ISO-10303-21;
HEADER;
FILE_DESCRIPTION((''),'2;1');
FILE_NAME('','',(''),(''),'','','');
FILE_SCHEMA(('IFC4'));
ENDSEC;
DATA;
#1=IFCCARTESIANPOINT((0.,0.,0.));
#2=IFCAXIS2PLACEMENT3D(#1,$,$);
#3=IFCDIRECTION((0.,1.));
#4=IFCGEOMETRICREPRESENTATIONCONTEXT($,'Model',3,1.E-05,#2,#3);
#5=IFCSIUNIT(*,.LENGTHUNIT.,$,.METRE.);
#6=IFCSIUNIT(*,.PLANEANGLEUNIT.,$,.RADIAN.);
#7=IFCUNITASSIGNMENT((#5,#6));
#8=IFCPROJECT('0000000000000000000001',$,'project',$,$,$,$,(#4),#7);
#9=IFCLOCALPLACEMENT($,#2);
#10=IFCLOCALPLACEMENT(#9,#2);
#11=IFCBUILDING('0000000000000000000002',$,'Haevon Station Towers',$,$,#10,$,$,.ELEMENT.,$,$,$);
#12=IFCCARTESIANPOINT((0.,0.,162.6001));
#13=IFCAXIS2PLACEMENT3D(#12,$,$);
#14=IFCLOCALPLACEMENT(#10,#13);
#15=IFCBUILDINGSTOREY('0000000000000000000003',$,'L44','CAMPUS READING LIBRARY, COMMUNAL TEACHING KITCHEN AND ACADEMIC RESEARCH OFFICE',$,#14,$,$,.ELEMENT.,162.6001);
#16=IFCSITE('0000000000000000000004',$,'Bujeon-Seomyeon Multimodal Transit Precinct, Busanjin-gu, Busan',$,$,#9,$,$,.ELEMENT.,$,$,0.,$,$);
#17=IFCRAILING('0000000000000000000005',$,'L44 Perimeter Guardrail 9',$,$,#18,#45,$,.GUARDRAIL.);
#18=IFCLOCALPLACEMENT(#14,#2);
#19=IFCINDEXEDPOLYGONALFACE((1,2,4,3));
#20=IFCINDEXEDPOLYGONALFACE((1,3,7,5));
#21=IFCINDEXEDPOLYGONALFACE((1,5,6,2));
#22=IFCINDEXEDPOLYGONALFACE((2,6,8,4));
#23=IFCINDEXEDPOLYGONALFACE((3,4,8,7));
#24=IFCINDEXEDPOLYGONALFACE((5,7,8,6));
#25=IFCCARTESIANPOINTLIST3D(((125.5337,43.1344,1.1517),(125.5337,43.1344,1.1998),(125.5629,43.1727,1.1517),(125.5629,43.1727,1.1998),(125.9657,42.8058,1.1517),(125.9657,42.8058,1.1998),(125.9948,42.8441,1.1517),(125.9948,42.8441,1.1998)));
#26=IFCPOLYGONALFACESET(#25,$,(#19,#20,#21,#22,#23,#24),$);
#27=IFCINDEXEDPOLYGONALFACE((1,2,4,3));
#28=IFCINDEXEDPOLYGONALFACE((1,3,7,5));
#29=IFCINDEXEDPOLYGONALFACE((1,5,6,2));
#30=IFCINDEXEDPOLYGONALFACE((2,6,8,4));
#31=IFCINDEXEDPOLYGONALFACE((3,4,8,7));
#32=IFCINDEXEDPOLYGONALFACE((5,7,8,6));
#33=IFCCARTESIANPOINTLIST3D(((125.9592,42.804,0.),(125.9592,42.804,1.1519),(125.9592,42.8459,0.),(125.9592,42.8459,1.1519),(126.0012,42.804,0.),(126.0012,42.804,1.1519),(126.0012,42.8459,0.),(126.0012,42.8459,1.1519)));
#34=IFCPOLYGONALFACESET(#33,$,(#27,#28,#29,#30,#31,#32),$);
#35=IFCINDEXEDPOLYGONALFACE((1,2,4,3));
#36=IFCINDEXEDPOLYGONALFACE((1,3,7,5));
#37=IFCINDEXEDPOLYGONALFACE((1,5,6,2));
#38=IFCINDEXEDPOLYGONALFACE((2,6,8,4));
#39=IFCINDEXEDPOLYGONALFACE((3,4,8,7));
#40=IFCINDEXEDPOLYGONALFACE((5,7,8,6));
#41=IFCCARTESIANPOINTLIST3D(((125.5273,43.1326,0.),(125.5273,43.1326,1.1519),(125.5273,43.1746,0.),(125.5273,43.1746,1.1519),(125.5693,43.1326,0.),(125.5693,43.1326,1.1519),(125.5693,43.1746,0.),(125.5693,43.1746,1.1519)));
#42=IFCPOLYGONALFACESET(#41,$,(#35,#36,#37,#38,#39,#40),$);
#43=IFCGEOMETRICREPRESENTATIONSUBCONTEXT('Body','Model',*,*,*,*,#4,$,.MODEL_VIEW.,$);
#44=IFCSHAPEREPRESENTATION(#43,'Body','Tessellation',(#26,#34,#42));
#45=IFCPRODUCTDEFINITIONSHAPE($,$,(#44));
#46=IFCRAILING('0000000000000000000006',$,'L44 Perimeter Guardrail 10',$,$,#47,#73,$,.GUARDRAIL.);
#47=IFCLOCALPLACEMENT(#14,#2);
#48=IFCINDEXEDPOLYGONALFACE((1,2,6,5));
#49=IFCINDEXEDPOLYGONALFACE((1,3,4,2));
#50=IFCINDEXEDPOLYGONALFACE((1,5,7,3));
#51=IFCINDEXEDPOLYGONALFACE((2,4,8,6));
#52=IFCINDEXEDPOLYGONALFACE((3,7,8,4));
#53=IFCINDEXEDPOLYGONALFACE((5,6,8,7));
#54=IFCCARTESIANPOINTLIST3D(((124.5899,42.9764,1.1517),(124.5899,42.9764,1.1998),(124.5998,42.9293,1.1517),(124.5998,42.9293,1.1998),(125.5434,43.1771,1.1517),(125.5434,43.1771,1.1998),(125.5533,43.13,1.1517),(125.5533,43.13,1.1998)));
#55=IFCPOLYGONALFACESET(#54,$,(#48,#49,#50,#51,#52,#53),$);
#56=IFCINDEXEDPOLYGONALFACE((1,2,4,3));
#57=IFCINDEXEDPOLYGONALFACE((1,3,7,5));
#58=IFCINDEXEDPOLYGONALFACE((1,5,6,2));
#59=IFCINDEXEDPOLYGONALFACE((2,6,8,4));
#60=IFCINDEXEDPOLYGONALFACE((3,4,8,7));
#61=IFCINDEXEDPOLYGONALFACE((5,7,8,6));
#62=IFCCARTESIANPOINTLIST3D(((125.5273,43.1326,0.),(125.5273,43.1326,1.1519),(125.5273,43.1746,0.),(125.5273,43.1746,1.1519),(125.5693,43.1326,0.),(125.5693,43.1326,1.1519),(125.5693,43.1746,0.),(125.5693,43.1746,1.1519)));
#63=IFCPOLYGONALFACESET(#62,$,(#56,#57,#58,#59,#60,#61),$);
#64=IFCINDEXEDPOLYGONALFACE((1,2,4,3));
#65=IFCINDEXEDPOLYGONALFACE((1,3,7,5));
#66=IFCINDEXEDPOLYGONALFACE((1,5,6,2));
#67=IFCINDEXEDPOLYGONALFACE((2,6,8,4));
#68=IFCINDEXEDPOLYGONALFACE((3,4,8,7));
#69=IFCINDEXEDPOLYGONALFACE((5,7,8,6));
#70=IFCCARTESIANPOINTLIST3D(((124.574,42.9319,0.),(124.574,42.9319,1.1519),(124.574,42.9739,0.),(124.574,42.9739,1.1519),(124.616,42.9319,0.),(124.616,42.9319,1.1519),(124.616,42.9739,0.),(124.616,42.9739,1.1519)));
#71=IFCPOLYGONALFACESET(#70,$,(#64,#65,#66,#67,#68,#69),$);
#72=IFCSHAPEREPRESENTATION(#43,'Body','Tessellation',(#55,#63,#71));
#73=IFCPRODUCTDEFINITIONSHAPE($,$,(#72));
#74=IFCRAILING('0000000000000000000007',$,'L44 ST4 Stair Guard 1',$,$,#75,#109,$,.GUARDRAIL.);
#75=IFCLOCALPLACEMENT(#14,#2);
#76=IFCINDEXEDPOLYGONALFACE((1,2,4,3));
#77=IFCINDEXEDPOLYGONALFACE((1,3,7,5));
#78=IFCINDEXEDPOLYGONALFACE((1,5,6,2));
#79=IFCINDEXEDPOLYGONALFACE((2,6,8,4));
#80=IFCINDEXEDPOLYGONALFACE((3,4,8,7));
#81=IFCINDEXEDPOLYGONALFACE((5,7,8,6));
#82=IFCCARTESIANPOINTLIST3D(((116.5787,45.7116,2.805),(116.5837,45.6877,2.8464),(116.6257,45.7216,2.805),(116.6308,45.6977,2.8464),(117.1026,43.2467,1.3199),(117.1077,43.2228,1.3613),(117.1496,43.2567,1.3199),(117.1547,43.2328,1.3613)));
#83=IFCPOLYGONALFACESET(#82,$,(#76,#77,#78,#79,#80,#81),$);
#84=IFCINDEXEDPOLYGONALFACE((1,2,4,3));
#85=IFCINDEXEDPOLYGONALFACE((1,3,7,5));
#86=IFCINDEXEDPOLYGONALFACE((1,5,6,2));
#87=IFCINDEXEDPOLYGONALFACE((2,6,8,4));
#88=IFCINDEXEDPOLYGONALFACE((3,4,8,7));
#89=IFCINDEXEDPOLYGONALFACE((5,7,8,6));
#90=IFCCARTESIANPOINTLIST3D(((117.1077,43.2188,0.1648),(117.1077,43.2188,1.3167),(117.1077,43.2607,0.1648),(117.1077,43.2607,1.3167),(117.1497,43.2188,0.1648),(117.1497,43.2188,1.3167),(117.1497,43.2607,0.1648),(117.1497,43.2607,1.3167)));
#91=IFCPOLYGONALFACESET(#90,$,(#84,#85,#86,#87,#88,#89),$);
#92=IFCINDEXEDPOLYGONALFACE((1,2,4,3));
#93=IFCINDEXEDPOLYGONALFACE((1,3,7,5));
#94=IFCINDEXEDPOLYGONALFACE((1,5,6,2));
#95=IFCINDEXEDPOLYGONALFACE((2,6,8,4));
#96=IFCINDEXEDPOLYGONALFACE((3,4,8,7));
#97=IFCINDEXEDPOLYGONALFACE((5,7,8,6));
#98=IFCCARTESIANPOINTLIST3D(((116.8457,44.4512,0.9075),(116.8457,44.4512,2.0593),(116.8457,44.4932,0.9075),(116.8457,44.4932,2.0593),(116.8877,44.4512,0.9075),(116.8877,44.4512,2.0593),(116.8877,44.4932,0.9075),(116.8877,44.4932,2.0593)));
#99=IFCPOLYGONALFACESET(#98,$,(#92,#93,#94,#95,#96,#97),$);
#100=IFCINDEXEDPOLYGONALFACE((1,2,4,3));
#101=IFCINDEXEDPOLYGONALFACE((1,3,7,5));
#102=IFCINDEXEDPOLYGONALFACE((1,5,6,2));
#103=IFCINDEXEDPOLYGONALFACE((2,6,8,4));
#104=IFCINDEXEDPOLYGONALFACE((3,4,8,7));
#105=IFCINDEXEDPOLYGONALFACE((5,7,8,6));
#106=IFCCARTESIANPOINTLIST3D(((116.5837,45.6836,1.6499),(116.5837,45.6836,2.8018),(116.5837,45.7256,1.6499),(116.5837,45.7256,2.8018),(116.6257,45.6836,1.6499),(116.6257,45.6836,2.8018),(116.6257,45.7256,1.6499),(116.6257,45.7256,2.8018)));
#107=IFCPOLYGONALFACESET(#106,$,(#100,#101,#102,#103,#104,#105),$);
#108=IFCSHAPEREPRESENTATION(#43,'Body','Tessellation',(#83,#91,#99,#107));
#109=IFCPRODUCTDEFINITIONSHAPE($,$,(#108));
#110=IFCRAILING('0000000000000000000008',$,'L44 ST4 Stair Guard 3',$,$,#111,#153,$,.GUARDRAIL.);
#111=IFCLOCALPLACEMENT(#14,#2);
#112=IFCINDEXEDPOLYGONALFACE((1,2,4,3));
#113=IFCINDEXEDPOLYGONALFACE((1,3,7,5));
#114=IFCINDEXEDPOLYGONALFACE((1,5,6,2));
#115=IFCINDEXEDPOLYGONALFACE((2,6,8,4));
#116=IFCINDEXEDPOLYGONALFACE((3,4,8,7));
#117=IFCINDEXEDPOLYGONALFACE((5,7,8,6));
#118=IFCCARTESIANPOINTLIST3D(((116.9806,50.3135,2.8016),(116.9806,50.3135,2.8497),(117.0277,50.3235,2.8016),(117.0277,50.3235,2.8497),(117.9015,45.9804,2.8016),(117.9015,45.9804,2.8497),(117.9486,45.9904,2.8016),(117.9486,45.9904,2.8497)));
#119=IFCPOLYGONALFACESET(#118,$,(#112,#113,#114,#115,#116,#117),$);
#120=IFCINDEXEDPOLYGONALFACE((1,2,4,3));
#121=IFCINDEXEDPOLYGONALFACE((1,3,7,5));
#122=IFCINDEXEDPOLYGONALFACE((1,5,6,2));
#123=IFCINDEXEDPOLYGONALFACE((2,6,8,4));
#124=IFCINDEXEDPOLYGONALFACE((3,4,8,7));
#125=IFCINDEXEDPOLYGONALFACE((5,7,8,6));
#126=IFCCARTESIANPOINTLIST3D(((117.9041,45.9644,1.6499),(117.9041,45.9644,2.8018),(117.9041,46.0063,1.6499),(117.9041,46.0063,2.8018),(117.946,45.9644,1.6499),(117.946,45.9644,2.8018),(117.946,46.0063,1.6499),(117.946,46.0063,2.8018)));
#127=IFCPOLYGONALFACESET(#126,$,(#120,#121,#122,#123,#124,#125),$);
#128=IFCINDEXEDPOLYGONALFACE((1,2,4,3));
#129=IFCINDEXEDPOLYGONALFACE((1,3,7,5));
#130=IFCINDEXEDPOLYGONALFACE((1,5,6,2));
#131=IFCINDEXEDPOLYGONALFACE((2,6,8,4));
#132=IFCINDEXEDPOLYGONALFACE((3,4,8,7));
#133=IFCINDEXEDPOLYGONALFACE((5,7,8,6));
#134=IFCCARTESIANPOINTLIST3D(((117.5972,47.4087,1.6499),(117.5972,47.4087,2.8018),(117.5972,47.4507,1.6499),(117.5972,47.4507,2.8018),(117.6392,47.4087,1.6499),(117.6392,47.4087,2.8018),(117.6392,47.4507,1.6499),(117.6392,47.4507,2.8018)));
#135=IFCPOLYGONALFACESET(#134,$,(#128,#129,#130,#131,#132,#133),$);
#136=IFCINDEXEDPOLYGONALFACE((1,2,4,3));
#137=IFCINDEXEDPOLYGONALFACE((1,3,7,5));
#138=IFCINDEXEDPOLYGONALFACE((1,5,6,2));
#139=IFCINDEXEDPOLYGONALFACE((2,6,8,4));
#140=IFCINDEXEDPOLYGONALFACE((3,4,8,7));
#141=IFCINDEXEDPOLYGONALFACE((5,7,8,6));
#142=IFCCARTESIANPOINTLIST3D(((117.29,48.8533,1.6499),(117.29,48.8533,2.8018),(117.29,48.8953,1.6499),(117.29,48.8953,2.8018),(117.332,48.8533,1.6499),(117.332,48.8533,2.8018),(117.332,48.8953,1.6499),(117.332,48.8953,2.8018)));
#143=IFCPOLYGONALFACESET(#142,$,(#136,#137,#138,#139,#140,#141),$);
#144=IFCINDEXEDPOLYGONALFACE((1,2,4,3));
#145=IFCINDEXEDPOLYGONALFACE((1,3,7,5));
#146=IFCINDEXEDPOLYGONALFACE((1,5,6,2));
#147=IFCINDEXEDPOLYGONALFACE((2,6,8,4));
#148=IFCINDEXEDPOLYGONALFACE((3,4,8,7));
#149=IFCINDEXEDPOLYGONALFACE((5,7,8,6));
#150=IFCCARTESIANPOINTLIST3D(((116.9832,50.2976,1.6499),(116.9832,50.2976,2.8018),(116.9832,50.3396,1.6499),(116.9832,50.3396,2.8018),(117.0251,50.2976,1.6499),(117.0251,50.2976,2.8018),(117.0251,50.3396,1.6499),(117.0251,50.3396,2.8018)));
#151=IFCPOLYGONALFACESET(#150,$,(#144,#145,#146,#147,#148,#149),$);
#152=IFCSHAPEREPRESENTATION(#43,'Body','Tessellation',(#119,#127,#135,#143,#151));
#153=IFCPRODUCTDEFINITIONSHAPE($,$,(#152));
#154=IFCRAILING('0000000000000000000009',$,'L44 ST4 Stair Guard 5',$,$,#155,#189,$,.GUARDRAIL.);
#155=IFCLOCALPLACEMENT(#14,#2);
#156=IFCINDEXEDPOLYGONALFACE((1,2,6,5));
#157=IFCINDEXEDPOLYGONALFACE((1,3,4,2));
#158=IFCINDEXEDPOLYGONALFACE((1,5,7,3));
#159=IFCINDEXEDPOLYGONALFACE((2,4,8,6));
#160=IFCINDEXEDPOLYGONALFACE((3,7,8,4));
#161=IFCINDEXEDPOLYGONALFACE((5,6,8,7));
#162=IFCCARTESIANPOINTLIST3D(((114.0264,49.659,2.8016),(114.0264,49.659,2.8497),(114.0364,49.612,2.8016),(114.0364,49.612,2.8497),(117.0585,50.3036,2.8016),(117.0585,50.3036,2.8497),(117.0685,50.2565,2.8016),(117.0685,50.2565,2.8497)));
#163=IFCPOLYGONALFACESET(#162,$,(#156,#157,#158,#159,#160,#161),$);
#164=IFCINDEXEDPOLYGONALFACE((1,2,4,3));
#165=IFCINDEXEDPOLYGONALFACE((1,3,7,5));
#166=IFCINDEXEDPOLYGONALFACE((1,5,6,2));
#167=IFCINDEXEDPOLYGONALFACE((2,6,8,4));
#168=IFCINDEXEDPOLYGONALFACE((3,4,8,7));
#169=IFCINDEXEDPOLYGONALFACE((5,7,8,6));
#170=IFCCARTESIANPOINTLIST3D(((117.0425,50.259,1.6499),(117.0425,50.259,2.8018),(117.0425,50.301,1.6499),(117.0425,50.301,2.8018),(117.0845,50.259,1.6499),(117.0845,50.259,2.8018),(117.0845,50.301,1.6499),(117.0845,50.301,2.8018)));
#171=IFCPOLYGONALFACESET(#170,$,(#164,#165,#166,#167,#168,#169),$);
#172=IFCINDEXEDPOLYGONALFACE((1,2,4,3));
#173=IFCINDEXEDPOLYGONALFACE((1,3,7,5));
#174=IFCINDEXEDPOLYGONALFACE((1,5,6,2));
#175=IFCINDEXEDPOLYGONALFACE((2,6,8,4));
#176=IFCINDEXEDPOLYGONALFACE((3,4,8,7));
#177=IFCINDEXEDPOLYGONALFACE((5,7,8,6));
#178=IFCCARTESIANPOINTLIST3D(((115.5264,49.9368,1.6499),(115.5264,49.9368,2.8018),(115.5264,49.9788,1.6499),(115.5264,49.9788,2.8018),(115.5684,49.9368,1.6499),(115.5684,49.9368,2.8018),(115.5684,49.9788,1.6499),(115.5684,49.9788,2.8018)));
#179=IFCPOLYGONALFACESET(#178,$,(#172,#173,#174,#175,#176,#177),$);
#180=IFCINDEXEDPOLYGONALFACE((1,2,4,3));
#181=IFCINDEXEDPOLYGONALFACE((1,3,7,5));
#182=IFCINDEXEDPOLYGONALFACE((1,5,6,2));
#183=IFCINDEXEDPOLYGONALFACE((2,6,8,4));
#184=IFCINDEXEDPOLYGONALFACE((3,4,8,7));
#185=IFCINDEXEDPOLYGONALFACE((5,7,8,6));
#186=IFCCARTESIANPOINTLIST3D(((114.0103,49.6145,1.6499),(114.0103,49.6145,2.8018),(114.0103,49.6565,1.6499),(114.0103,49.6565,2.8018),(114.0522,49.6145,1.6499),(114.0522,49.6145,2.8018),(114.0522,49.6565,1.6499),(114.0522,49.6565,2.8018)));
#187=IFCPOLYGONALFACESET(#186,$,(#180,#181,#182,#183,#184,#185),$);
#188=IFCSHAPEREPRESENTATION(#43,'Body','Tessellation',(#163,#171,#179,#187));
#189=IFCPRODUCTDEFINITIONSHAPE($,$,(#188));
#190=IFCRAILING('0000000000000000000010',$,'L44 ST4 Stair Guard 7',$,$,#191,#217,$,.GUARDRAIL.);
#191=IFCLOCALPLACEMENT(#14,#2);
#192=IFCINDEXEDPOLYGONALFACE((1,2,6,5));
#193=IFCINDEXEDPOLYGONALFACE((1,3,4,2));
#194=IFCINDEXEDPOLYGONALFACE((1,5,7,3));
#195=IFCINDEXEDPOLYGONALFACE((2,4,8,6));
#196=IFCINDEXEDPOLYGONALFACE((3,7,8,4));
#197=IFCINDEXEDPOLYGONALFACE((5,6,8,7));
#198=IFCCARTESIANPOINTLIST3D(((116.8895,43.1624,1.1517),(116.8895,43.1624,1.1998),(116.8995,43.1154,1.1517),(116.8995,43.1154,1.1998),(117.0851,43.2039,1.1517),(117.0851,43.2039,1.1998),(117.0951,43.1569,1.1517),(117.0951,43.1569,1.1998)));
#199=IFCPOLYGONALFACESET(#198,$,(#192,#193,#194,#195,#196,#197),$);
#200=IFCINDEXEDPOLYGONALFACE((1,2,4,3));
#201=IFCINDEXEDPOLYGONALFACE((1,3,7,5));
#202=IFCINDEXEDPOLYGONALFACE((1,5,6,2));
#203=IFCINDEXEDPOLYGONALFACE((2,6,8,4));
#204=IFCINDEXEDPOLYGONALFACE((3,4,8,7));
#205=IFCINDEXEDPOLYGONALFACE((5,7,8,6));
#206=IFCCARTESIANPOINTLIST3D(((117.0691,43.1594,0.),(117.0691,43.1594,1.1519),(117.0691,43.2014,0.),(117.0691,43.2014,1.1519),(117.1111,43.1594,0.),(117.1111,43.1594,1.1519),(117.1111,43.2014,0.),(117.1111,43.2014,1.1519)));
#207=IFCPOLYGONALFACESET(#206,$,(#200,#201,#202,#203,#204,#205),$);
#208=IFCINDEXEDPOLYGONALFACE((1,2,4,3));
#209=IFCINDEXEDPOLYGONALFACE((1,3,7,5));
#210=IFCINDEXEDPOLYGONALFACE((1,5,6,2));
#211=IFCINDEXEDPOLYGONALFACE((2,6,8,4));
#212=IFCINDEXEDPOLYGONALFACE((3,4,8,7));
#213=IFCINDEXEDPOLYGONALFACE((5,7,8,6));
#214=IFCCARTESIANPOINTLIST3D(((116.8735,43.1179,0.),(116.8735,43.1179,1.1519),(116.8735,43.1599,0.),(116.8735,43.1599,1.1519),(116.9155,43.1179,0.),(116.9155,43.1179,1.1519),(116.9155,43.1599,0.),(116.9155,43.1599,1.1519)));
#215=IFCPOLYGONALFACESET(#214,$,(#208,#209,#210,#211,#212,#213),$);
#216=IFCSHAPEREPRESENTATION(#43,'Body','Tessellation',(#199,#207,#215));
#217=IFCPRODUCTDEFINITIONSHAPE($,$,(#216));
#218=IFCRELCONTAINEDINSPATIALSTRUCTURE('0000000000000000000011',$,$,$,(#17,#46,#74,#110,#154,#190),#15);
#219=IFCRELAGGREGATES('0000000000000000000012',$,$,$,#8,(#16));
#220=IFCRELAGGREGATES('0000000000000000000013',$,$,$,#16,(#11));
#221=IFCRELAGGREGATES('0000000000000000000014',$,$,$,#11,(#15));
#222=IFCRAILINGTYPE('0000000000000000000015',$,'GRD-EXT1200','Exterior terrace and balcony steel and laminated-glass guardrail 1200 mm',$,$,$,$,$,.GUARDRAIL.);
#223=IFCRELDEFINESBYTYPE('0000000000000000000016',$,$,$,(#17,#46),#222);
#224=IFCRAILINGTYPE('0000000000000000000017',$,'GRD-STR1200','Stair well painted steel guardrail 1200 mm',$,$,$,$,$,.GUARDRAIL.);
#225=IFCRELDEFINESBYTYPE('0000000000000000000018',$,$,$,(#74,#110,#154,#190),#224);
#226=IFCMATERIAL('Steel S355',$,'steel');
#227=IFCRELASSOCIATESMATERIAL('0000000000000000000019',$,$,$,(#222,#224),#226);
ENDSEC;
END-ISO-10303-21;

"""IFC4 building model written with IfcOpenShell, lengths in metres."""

from ifc_helpers import new_model, si_unit, direction, frame, origin, origin_2d, place, context, subcontext, project, spatial, rectangle, extrude, material, type_object, element, save


model = new_model("IFC4")

# Units and contexts
model_context = context("Model", 3, precision=1e-05, world=origin(), true_north=direction((0.0, 1.0)))
body_context = subcontext(model_context, "Body", "Model", "MODEL_VIEW")
ifc_project = project(units=[si_unit("LENGTHUNIT", "METRE"), si_unit("PLANEANGLEUNIT", "RADIAN")], contexts=[model_context])

# Site, building, storey
site_placement = place(None, origin())
site = spatial("IfcSite", under=ifc_project, at=site_placement, Name="Bujeon-Seomyeon Multimodal Transit Precinct, Busanjin-gu, Busan", CompositionType="ELEMENT", RefElevation=0.0)
building_placement = place(site_placement, origin())
building = spatial("IfcBuilding", under=site, at=building_placement, Name="Haevon Station Towers", CompositionType="ELEMENT")
storey_placement = place(building_placement, frame((0.0, 0.0, 162.6001)))
storey = spatial("IfcBuildingStorey", under=building, at=storey_placement, Name="L44", Description="CAMPUS READING LIBRARY, COMMUNAL TEACHING KITCHEN AND ACADEMIC RESEARCH OFFICE", CompositionType="ELEMENT", Elevation=162.6001)

# Shared definitions
ifc_material_1 = material(Name="Steel S355", Category="steel")

# Railings
railing_type_1 = type_object("IfcRailingType", Name="GRD-EXT1200", Description="Exterior terrace and balcony steel and laminated-glass guardrail 1200 mm", PredefinedType="GUARDRAIL", material=ifc_material_1)
railing_1_placement = place(storey_placement, frame((125.9802, 42.825, 0.0)))
element("IfcRailing", 1, at=railing_1_placement, inside=storey, type_object=railing_type_1, Name="L44 Perimeter Guardrail 9", PredefinedType="GUARDRAIL", context=body_context, shape_type="SweptSolid", body=[
    extrude(rectangle(XDim=0.0481, YDim=0.0481, at=origin_2d()), frame((0.0, 0.0, 1.1758), z_axis=(-0.795824, 0.605528, 0.0), x_axis=(-0.605528, -0.795824, 0.0)), (0.0, 0.0, 1.0), 0.5427),
    extrude(rectangle(XDim=0.042, YDim=0.042, at=origin_2d()), origin(), (0.0, 0.0, 1.0), 1.1519),
    extrude(rectangle(XDim=0.042, YDim=0.042, at=origin_2d()), frame((-0.4319, 0.3286, 0.0)), (0.0, 0.0, 1.0), 1.1519),
])
railing_2_placement = place(storey_placement, frame((125.5483, 43.1536, 0.0)))
element("IfcRailing", 2, at=railing_2_placement, inside=storey, type_object=railing_type_1, Name="L44 Perimeter Guardrail 10", PredefinedType="GUARDRAIL", context=body_context, shape_type="SweptSolid", body=[
    extrude(rectangle(XDim=0.0481, YDim=0.0481, at=origin_2d()), frame((0.0, 0.0, 1.1758), z_axis=(-0.978555, -0.205985, 0.0), x_axis=(0.205985, -0.978555, 0.0)), (0.0, 0.0, 1.0), 0.9744),
    extrude(rectangle(XDim=0.042, YDim=0.042, at=origin_2d()), origin(), (0.0, 0.0, 1.0), 1.1519),
    extrude(rectangle(XDim=0.042, YDim=0.042, at=origin_2d()), frame((-0.9534, -0.2007, 0.0)), (0.0, 0.0, 1.0), 1.1519),
])
railing_type_2 = type_object("IfcRailingType", Name="GRD-STR1200", Description="Stair well painted steel guardrail 1200 mm", PredefinedType="GUARDRAIL", material=ifc_material_1)
railing_3_placement = place(storey_placement, frame((117.1287, 43.2397, 0.1648)))
element("IfcRailing", 3, at=railing_3_placement, inside=storey, type_object=railing_type_2, Name="L44 ST4 Stair Guard 1", PredefinedType="GUARDRAIL", context=body_context, shape_type="SweptSolid", body=[
    extrude(rectangle(XDim=0.0481, YDim=0.0481, at=origin_2d()), frame((0.0, 0.0, 1.1758), z_axis=(-0.179121, 0.842688, 0.507733), x_axis=(-0.978147, -0.207914, 0.0)), (0.0, 0.0, 1.0), 2.925),
    extrude(rectangle(XDim=0.042, YDim=0.042, at=origin_2d()), origin(), (0.0, 0.0, 1.0), 1.1519),
    extrude(rectangle(XDim=0.042, YDim=0.042, at=origin_2d()), frame((-0.262, 1.2324, 0.7427)), (0.0, 0.0, 1.0), 1.1519),
    extrude(rectangle(XDim=0.042, YDim=0.042, at=origin_2d()), frame((-0.5239, 2.4648, 1.4851)), (0.0, 0.0, 1.0), 1.1519),
])
railing_4_placement = place(storey_placement, frame((117.925, 45.9854, 1.6499)))
element("IfcRailing", 4, at=railing_4_placement, inside=storey, type_object=railing_type_2, Name="L44 ST4 Stair Guard 3", PredefinedType="GUARDRAIL", context=body_context, shape_type="SweptSolid", body=[
    extrude(rectangle(XDim=0.0481, YDim=0.0481, at=origin_2d()), frame((0.0, 0.0, 1.1758), z_axis=(-0.207877, 0.978155, 0.0), x_axis=(-0.978155, -0.207877, 0.0)), (0.0, 0.0, 1.0), 4.4299),
    extrude(rectangle(XDim=0.042, YDim=0.042, at=origin_2d()), origin(), (0.0, 0.0, 1.0), 1.1519),
    extrude(rectangle(XDim=0.042, YDim=0.042, at=origin_2d()), frame((-0.3069, 1.4443, 0.0)), (0.0, 0.0, 1.0), 1.1519),
    extrude(rectangle(XDim=0.042, YDim=0.042, at=origin_2d()), frame((-0.614, 2.8889, 0.0)), (0.0, 0.0, 1.0), 1.1519),
    extrude(rectangle(XDim=0.042, YDim=0.042, at=origin_2d()), frame((-0.9209, 4.3333, 0.0)), (0.0, 0.0, 1.0), 1.1519),
])
railing_5_placement = place(storey_placement, frame((117.0635, 50.28, 1.6499)))
element("IfcRailing", 5, at=railing_5_placement, inside=storey, type_object=railing_type_2, Name="L44 ST4 Stair Guard 5", PredefinedType="GUARDRAIL", context=body_context, shape_type="SweptSolid", body=[
    extrude(rectangle(XDim=0.0481, YDim=0.0481, at=origin_2d()), frame((0.0, 0.0, 1.1758), z_axis=(-0.978147, -0.207915, 0.0), x_axis=(0.207915, -0.978147, 0.0)), (0.0, 0.0, 1.0), 3.0999),
    extrude(rectangle(XDim=0.042, YDim=0.042, at=origin_2d()), origin(), (0.0, 0.0, 1.0), 1.1519),
    extrude(rectangle(XDim=0.042, YDim=0.042, at=origin_2d()), frame((-1.5161, -0.3223, 0.0)), (0.0, 0.0, 1.0), 1.1519),
    extrude(rectangle(XDim=0.042, YDim=0.042, at=origin_2d()), frame((-3.0322, -0.6445, 0.0)), (0.0, 0.0, 1.0), 1.1519),
])
railing_6_placement = place(storey_placement, frame((117.0901, 43.1804, 0.0)))
element("IfcRailing", 6, at=railing_6_placement, inside=storey, type_object=railing_type_2, Name="L44 ST4 Stair Guard 7", PredefinedType="GUARDRAIL", context=body_context, shape_type="SweptSolid", body=[
    extrude(rectangle(XDim=0.0481, YDim=0.0481, at=origin_2d()), frame((0.0, 0.0, 1.1758), z_axis=(-0.978212, -0.20761, 0.0), x_axis=(0.20761, -0.978212, 0.0)), (0.0, 0.0, 1.0), 0.2),
    extrude(rectangle(XDim=0.042, YDim=0.042, at=origin_2d()), origin(), (0.0, 0.0, 1.0), 1.1519),
    extrude(rectangle(XDim=0.042, YDim=0.042, at=origin_2d()), frame((-0.1956, -0.0415, 0.0)), (0.0, 0.0, 1.0), 1.1519),
])

save(model, "model.ifc")
